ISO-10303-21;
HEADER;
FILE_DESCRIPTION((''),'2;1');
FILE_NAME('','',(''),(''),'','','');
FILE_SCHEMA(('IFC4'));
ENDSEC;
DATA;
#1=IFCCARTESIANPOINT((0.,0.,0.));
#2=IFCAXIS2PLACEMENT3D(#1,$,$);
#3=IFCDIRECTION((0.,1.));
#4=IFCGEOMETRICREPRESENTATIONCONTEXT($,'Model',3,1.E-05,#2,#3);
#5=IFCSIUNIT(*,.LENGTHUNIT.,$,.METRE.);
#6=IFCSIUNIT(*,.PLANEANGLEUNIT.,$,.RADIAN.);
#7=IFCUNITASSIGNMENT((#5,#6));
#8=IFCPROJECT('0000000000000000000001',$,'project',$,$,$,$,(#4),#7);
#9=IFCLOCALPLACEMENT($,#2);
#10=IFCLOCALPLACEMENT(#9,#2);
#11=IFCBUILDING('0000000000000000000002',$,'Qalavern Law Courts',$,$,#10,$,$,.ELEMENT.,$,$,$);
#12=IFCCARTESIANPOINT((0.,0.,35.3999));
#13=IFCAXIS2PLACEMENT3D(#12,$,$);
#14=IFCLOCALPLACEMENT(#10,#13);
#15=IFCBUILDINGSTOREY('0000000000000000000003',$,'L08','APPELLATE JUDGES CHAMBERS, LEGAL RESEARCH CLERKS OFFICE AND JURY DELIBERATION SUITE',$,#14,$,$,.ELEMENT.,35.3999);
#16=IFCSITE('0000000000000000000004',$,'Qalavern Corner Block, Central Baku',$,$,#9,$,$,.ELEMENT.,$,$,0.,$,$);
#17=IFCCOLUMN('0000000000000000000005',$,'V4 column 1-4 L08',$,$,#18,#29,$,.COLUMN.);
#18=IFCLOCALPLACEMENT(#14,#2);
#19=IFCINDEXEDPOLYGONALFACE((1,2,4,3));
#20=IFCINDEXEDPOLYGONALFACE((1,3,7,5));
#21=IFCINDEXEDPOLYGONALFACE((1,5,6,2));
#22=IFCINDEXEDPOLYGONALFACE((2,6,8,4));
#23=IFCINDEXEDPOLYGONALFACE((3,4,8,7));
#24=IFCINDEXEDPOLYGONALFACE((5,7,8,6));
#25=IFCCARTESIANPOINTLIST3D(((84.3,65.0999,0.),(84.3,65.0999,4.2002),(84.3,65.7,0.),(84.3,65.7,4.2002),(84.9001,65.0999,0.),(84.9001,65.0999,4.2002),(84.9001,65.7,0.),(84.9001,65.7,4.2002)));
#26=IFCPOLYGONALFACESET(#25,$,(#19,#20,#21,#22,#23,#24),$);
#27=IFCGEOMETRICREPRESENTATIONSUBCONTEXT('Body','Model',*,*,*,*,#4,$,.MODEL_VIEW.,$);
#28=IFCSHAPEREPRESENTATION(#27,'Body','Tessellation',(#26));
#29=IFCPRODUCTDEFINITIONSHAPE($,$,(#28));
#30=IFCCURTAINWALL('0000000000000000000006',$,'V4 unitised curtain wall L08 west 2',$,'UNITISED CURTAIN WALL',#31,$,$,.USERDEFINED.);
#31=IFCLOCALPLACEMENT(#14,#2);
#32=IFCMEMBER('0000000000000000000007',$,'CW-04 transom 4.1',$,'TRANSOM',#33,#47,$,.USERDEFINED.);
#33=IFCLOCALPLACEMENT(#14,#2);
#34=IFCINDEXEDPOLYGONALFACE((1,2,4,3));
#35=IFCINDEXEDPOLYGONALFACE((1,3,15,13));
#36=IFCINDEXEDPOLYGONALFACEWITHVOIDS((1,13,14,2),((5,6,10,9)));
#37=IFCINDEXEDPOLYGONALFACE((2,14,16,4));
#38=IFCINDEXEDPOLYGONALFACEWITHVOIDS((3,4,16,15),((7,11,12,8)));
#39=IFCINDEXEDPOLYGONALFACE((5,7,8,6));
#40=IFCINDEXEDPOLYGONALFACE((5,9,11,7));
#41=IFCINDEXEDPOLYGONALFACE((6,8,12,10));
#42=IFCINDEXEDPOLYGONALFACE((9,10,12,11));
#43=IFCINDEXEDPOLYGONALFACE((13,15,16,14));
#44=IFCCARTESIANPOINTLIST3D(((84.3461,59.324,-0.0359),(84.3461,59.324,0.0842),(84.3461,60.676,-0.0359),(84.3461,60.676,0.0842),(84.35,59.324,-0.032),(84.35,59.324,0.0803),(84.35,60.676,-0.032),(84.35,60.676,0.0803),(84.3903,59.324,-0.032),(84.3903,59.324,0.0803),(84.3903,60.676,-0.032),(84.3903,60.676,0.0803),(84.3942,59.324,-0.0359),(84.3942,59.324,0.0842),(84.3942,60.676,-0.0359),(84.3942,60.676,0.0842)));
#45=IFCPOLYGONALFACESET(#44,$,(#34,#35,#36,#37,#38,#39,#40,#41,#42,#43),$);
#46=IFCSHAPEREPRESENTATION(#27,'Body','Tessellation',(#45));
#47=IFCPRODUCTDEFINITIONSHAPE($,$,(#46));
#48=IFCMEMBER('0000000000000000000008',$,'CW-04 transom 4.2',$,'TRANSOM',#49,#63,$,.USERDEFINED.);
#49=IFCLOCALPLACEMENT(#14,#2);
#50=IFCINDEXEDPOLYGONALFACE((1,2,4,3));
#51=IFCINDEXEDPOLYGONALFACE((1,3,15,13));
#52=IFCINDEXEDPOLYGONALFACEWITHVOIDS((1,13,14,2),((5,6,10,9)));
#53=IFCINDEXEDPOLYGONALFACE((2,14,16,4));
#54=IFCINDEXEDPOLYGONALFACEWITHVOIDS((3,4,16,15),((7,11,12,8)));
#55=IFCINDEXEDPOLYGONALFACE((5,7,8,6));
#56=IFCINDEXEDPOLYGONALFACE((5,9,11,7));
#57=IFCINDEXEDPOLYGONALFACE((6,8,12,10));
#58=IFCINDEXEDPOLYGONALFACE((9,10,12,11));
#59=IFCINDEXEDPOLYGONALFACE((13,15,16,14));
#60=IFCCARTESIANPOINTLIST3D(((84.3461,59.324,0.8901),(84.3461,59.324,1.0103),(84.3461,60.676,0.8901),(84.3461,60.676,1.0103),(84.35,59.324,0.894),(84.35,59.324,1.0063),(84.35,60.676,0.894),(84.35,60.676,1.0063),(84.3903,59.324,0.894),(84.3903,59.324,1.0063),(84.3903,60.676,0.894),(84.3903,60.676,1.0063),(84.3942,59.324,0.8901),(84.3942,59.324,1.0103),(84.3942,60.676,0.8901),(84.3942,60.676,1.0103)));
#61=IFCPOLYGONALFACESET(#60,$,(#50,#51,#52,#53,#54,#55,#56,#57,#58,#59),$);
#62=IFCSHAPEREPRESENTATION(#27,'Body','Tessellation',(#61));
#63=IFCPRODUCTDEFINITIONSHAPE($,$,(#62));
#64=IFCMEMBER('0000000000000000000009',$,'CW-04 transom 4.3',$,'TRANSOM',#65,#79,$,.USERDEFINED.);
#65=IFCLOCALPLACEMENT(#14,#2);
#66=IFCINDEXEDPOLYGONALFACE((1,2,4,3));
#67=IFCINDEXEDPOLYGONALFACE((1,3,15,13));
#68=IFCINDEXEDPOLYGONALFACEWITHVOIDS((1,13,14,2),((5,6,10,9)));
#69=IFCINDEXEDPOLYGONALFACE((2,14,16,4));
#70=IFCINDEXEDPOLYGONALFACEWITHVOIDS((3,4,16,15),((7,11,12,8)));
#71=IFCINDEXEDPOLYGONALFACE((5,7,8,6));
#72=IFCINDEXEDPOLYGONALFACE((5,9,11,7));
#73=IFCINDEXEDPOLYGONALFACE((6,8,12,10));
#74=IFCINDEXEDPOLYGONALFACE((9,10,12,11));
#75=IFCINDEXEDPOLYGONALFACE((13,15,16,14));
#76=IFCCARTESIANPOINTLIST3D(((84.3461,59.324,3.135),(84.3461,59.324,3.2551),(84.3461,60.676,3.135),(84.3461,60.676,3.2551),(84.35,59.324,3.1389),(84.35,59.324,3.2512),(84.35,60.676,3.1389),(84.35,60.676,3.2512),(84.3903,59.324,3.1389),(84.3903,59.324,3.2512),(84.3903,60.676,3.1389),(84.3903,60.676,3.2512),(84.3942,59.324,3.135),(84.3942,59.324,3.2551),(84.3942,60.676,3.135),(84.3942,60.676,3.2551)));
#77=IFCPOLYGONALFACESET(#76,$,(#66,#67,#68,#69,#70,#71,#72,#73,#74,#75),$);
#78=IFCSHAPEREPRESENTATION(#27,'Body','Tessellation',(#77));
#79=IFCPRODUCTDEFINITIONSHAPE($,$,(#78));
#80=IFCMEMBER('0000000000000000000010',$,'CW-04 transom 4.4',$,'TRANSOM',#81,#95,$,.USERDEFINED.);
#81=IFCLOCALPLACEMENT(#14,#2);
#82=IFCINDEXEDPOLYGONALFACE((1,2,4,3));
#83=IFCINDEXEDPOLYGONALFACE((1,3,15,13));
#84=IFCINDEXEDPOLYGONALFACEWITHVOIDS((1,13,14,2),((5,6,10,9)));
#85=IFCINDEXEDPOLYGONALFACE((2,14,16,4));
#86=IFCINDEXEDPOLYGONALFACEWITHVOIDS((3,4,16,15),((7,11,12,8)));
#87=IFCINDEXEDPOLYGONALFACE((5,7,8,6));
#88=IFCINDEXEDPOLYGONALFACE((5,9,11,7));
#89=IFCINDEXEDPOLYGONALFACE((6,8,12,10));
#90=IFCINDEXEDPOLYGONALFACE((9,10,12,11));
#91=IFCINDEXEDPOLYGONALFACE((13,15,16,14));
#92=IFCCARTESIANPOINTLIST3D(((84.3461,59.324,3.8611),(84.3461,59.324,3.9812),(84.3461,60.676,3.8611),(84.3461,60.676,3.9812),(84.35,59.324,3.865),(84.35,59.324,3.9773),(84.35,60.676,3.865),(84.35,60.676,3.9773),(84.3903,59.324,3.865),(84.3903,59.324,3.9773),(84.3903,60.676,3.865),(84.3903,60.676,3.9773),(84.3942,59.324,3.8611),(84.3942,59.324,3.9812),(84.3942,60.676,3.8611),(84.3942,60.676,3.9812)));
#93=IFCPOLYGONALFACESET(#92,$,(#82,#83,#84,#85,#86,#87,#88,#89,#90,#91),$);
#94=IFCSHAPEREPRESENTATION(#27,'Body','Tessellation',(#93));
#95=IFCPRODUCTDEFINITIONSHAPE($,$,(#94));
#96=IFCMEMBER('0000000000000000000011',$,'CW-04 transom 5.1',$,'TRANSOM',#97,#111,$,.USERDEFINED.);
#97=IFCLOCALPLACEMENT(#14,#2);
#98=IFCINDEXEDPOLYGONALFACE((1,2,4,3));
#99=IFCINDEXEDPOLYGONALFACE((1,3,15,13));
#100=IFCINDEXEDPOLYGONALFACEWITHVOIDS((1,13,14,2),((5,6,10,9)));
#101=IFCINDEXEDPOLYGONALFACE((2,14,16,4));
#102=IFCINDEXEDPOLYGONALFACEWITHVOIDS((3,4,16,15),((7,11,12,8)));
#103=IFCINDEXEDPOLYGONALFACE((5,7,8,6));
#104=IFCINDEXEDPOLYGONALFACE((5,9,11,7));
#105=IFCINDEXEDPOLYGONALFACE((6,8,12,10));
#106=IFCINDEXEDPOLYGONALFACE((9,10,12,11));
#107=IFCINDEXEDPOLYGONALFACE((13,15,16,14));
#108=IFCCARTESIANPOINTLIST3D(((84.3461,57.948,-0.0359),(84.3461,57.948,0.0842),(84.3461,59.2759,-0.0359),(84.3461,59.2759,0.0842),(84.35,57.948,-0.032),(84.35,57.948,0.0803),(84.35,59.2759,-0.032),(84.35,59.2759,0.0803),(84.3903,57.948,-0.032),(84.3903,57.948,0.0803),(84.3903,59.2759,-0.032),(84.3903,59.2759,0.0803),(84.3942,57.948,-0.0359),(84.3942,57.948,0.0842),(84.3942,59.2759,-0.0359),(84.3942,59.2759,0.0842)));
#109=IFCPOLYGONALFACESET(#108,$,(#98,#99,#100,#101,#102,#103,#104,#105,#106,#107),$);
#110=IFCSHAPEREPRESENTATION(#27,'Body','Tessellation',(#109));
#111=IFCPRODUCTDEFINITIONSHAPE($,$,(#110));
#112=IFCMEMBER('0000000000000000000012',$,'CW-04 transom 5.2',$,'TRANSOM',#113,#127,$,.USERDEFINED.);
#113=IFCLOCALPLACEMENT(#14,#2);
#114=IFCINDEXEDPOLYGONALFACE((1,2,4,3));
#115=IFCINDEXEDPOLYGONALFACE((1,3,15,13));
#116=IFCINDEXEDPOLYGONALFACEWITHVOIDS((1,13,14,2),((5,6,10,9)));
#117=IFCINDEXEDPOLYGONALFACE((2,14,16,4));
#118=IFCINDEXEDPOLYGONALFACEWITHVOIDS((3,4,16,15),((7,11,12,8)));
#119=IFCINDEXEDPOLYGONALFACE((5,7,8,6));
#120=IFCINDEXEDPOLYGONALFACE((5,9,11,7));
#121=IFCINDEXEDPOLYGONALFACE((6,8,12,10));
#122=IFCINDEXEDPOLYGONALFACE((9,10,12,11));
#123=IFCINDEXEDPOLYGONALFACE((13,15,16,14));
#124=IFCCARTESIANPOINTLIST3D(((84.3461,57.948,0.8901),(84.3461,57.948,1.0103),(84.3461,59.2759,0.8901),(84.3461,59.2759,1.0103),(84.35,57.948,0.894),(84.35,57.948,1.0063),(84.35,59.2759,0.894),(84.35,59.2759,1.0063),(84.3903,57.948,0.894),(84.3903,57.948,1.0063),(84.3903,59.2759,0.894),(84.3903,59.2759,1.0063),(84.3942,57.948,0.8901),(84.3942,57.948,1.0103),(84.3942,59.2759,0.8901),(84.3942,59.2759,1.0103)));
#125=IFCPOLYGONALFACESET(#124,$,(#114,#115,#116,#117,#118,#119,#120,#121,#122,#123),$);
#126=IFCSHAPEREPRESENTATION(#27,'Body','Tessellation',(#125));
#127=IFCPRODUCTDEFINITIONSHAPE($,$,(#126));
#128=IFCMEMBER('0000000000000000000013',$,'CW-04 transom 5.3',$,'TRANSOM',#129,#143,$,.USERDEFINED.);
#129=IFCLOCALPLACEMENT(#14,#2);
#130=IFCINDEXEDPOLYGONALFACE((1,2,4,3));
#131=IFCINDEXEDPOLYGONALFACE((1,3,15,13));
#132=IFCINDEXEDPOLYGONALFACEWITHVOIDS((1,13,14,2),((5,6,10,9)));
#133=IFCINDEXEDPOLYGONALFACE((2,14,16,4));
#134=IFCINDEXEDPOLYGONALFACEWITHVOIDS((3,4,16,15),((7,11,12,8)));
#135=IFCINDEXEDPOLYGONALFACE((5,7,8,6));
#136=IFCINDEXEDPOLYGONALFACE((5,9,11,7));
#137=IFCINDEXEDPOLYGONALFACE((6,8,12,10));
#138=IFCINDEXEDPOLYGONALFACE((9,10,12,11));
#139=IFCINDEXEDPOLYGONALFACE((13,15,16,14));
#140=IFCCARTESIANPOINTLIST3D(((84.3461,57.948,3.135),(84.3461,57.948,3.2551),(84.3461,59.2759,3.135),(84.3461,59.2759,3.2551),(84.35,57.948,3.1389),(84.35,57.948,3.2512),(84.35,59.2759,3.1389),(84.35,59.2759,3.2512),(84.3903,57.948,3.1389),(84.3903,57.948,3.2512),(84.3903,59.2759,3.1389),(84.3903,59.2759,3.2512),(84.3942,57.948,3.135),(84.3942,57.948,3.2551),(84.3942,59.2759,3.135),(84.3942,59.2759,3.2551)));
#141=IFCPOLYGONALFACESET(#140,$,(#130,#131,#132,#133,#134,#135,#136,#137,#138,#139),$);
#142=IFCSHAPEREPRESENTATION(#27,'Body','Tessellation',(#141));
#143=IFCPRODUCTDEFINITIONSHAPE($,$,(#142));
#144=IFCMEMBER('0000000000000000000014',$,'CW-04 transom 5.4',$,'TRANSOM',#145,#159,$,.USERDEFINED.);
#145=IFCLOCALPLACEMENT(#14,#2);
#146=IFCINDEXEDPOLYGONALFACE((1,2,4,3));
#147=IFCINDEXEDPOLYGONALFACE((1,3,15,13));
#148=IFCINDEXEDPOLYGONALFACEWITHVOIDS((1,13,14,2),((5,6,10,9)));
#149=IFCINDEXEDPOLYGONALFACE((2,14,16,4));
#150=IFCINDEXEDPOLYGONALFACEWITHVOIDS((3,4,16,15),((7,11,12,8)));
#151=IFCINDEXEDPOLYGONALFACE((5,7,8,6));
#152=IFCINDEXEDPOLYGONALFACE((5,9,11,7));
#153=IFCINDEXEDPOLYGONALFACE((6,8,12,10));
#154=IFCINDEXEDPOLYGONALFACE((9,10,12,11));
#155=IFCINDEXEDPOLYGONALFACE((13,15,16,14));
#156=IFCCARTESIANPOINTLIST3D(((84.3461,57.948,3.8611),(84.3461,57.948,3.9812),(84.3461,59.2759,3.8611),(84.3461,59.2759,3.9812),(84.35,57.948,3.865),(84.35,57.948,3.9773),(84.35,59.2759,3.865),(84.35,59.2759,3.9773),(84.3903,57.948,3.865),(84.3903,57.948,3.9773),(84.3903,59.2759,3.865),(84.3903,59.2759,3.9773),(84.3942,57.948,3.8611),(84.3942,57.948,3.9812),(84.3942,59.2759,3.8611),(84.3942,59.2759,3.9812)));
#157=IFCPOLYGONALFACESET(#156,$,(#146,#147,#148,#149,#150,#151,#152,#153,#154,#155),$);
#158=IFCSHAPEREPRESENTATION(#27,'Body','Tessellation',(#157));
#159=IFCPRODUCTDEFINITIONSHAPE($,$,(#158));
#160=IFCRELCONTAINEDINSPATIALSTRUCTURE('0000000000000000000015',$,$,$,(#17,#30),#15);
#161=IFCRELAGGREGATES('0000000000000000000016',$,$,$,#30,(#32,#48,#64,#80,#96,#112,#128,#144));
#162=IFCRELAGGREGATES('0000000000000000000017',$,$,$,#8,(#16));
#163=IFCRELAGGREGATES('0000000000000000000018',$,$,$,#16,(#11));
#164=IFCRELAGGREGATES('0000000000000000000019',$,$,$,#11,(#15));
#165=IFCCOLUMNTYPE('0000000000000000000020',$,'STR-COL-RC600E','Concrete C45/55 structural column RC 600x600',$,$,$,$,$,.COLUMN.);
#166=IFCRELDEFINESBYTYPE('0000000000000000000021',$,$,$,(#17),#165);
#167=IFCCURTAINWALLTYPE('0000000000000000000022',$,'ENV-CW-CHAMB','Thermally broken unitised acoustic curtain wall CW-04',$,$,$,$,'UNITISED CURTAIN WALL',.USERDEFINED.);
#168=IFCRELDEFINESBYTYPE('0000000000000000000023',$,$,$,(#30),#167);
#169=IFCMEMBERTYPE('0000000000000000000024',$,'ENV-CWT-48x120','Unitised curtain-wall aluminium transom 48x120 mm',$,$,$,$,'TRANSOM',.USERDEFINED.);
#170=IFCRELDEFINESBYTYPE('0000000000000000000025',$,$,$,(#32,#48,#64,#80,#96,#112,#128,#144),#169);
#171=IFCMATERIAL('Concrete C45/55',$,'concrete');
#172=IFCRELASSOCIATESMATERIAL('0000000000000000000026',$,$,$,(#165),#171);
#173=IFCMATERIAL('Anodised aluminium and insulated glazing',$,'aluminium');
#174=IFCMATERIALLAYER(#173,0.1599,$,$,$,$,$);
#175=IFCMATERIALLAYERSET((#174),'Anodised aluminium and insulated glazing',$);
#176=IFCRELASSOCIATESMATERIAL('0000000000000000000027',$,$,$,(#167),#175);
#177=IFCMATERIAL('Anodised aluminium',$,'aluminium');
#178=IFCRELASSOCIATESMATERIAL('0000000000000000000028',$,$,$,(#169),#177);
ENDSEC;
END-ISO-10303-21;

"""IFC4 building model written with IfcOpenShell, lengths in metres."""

from ifc_helpers import new_model, si_unit, direction, frame, origin, origin_2d, place, context, subcontext, project, spatial, rectangle, hollow_rectangle, extrude, material, layer, layer_set, material_profile, profile_set, type_object, element, aggregate, save


model = new_model("IFC4")

# Units and contexts
model_context = context("Model", 3, precision=1e-05, world=origin(), true_north=direction((0.0, 1.0)))
body_context = subcontext(model_context, "Body", "Model", "MODEL_VIEW")
ifc_project = project(units=[si_unit("LENGTHUNIT", "METRE"), si_unit("PLANEANGLEUNIT", "RADIAN")], contexts=[model_context])

# Site, building, storey
site_placement = place(None, origin())
site = spatial("IfcSite", under=ifc_project, at=site_placement, Name="Qalavern Corner Block, Central Baku", CompositionType="ELEMENT", RefElevation=0.0)
building_placement = place(site_placement, origin())
building = spatial("IfcBuilding", under=site, at=building_placement, Name="Qalavern Law Courts", CompositionType="ELEMENT")
storey_placement = place(building_placement, frame((0.0, 0.0, 35.3999)))
storey = spatial("IfcBuildingStorey", under=building, at=storey_placement, Name="L08", Description="APPELLATE JUDGES CHAMBERS, LEGAL RESEARCH CLERKS OFFICE AND JURY DELIBERATION SUITE", CompositionType="ELEMENT", Elevation=35.3999)

# Column
ifc_material_1 = material(Name="Concrete C45/55", Category="concrete")
ifc_material_profile_1 = material_profile(ifc_material_1, rectangle(XDim=0.6001, YDim=0.6001, at=origin_2d()), Name="RC 600x600")
ifc_profile_set_1 = profile_set([ifc_material_profile_1], Name="Concrete C45/55")
column_type = type_object("IfcColumnType", Name="STR-COL-RC600E", Description="Concrete C45/55 structural column RC 600x600", PredefinedType="COLUMN", material=ifc_profile_set_1)
column_placement = place(storey_placement, frame((84.6001, 65.3999, 0.0), z_axis=(0.0, 0.0, 1.0), x_axis=(1.0, 0.0, 0.0)))
element("IfcColumn", 1, at=column_placement, inside=storey, type_object=column_type, Name="V4 column 1-4 L08", PredefinedType="COLUMN", context=body_context, shape_type="SweptSolid", body=[
    extrude(rectangle(XDim=0.6001, YDim=0.6001, at=origin_2d()), origin(), (0.0, 0.0, 1.0), 4.2002),
])

# Curtain wall, members
ifc_material_2 = material(Name="Anodised aluminium and insulated glazing", Category="aluminium")
ifc_layer_1 = layer(ifc_material_2, 0.1599)
ifc_layer_set_1 = layer_set([ifc_layer_1], Name="Anodised aluminium and insulated glazing")
curtain_wall_type = type_object("IfcCurtainWallType", Name="ENV-CW-CHAMB", Description="Thermally broken unitised acoustic curtain wall CW-04", ElementType="UNITISED CURTAIN WALL", PredefinedType="USERDEFINED", material=ifc_layer_set_1)
curtain_wall_placement = place(storey_placement, origin())
curtain_wall = element("IfcCurtainWall", 2, at=curtain_wall_placement, inside=storey, type_object=curtain_wall_type, Name="V4 unitised curtain wall L08 west 2", ObjectType="UNITISED CURTAIN WALL", PredefinedType="USERDEFINED")
ifc_material_3 = material(Name="Anodised aluminium", Category="aluminium")
ifc_material_profile_2 = material_profile(ifc_material_3, hollow_rectangle(XDim=0.0481, YDim=0.1201, WallThickness=0.0039, at=origin_2d()), Name="ALU TRANSOM 48x120")
ifc_profile_set_2 = profile_set([ifc_material_profile_2], Name="Anodised aluminium")
member_type = type_object("IfcMemberType", Name="ENV-CWT-48x120", Description="Unitised curtain-wall aluminium transom 48x120 mm", ElementType="TRANSOM", PredefinedType="USERDEFINED", material=ifc_profile_set_2)
member_1_placement = place(storey_placement, frame((84.3701, 60.676, 0.0242), z_axis=(0.0, -1.0, 0.0), x_axis=(1.0, 0.0, 0.0)))
member_1 = element("IfcMember", 3, at=member_1_placement, type_object=member_type, Name="CW-04 transom 4.1", ObjectType="TRANSOM", PredefinedType="USERDEFINED", context=body_context, shape_type="SweptSolid", body=[
    extrude(hollow_rectangle(XDim=0.0481, YDim=0.1201, WallThickness=0.0039, at=origin_2d()), origin(), (0.0, 0.0, 1.0), 1.3521),
])
member_2_placement = place(storey_placement, frame((84.3701, 60.676, 0.9502), z_axis=(0.0, -1.0, 0.0), x_axis=(1.0, 0.0, 0.0)))
member_2 = element("IfcMember", 4, at=member_2_placement, type_object=member_type, Name="CW-04 transom 4.2", ObjectType="TRANSOM", PredefinedType="USERDEFINED", context=body_context, shape_type="SweptSolid", body=[
    extrude(hollow_rectangle(XDim=0.0481, YDim=0.1201, WallThickness=0.0039, at=origin_2d()), origin(), (0.0, 0.0, 1.0), 1.3521),
])
member_3_placement = place(storey_placement, frame((84.3701, 60.676, 3.1951), z_axis=(0.0, -1.0, 0.0), x_axis=(1.0, 0.0, 0.0)))
member_3 = element("IfcMember", 5, at=member_3_placement, type_object=member_type, Name="CW-04 transom 4.3", ObjectType="TRANSOM", PredefinedType="USERDEFINED", context=body_context, shape_type="SweptSolid", body=[
    extrude(hollow_rectangle(XDim=0.0481, YDim=0.1201, WallThickness=0.0039, at=origin_2d()), origin(), (0.0, 0.0, 1.0), 1.3521),
])
member_4_placement = place(storey_placement, frame((84.3701, 60.676, 3.9211), z_axis=(0.0, -1.0, 0.0), x_axis=(1.0, 0.0, 0.0)))
member_4 = element("IfcMember", 6, at=member_4_placement, type_object=member_type, Name="CW-04 transom 4.4", ObjectType="TRANSOM", PredefinedType="USERDEFINED", context=body_context, shape_type="SweptSolid", body=[
    extrude(hollow_rectangle(XDim=0.0481, YDim=0.1201, WallThickness=0.0039, at=origin_2d()), origin(), (0.0, 0.0, 1.0), 1.3521),
])
member_5_placement = place(storey_placement, frame((84.3701, 59.2759, 0.0242), z_axis=(0.0, -1.0, 0.0), x_axis=(1.0, 0.0, 0.0)))
member_5 = element("IfcMember", 7, at=member_5_placement, type_object=member_type, Name="CW-04 transom 5.1", ObjectType="TRANSOM", PredefinedType="USERDEFINED", context=body_context, shape_type="SweptSolid", body=[
    extrude(hollow_rectangle(XDim=0.0481, YDim=0.1201, WallThickness=0.0039, at=origin_2d()), origin(), (0.0, 0.0, 1.0), 1.3279),
])
member_6_placement = place(storey_placement, frame((84.3701, 59.2759, 0.9502), z_axis=(0.0, -1.0, 0.0), x_axis=(1.0, 0.0, 0.0)))
member_6 = element("IfcMember", 8, at=member_6_placement, type_object=member_type, Name="CW-04 transom 5.2", ObjectType="TRANSOM", PredefinedType="USERDEFINED", context=body_context, shape_type="SweptSolid", body=[
    extrude(hollow_rectangle(XDim=0.0481, YDim=0.1201, WallThickness=0.0039, at=origin_2d()), origin(), (0.0, 0.0, 1.0), 1.3279),
])
member_7_placement = place(storey_placement, frame((84.3701, 59.2759, 3.1951), z_axis=(0.0, -1.0, 0.0), x_axis=(1.0, 0.0, 0.0)))
member_7 = element("IfcMember", 9, at=member_7_placement, type_object=member_type, Name="CW-04 transom 5.3", ObjectType="TRANSOM", PredefinedType="USERDEFINED", context=body_context, shape_type="SweptSolid", body=[
    extrude(hollow_rectangle(XDim=0.0481, YDim=0.1201, WallThickness=0.0039, at=origin_2d()), origin(), (0.0, 0.0, 1.0), 1.3279),
])
member_8_placement = place(storey_placement, frame((84.3701, 59.2759, 3.9211), z_axis=(0.0, -1.0, 0.0), x_axis=(1.0, 0.0, 0.0)))
member_8 = element("IfcMember", 10, at=member_8_placement, type_object=member_type, Name="CW-04 transom 5.4", ObjectType="TRANSOM", PredefinedType="USERDEFINED", context=body_context, shape_type="SweptSolid", body=[
    extrude(hollow_rectangle(XDim=0.0481, YDim=0.1201, WallThickness=0.0039, at=origin_2d()), origin(), (0.0, 0.0, 1.0), 1.3279),
])

aggregate(curtain_wall, [member_1, member_2, member_3, member_4, member_5, member_6, member_7, member_8])

save(model, "model.ifc")
